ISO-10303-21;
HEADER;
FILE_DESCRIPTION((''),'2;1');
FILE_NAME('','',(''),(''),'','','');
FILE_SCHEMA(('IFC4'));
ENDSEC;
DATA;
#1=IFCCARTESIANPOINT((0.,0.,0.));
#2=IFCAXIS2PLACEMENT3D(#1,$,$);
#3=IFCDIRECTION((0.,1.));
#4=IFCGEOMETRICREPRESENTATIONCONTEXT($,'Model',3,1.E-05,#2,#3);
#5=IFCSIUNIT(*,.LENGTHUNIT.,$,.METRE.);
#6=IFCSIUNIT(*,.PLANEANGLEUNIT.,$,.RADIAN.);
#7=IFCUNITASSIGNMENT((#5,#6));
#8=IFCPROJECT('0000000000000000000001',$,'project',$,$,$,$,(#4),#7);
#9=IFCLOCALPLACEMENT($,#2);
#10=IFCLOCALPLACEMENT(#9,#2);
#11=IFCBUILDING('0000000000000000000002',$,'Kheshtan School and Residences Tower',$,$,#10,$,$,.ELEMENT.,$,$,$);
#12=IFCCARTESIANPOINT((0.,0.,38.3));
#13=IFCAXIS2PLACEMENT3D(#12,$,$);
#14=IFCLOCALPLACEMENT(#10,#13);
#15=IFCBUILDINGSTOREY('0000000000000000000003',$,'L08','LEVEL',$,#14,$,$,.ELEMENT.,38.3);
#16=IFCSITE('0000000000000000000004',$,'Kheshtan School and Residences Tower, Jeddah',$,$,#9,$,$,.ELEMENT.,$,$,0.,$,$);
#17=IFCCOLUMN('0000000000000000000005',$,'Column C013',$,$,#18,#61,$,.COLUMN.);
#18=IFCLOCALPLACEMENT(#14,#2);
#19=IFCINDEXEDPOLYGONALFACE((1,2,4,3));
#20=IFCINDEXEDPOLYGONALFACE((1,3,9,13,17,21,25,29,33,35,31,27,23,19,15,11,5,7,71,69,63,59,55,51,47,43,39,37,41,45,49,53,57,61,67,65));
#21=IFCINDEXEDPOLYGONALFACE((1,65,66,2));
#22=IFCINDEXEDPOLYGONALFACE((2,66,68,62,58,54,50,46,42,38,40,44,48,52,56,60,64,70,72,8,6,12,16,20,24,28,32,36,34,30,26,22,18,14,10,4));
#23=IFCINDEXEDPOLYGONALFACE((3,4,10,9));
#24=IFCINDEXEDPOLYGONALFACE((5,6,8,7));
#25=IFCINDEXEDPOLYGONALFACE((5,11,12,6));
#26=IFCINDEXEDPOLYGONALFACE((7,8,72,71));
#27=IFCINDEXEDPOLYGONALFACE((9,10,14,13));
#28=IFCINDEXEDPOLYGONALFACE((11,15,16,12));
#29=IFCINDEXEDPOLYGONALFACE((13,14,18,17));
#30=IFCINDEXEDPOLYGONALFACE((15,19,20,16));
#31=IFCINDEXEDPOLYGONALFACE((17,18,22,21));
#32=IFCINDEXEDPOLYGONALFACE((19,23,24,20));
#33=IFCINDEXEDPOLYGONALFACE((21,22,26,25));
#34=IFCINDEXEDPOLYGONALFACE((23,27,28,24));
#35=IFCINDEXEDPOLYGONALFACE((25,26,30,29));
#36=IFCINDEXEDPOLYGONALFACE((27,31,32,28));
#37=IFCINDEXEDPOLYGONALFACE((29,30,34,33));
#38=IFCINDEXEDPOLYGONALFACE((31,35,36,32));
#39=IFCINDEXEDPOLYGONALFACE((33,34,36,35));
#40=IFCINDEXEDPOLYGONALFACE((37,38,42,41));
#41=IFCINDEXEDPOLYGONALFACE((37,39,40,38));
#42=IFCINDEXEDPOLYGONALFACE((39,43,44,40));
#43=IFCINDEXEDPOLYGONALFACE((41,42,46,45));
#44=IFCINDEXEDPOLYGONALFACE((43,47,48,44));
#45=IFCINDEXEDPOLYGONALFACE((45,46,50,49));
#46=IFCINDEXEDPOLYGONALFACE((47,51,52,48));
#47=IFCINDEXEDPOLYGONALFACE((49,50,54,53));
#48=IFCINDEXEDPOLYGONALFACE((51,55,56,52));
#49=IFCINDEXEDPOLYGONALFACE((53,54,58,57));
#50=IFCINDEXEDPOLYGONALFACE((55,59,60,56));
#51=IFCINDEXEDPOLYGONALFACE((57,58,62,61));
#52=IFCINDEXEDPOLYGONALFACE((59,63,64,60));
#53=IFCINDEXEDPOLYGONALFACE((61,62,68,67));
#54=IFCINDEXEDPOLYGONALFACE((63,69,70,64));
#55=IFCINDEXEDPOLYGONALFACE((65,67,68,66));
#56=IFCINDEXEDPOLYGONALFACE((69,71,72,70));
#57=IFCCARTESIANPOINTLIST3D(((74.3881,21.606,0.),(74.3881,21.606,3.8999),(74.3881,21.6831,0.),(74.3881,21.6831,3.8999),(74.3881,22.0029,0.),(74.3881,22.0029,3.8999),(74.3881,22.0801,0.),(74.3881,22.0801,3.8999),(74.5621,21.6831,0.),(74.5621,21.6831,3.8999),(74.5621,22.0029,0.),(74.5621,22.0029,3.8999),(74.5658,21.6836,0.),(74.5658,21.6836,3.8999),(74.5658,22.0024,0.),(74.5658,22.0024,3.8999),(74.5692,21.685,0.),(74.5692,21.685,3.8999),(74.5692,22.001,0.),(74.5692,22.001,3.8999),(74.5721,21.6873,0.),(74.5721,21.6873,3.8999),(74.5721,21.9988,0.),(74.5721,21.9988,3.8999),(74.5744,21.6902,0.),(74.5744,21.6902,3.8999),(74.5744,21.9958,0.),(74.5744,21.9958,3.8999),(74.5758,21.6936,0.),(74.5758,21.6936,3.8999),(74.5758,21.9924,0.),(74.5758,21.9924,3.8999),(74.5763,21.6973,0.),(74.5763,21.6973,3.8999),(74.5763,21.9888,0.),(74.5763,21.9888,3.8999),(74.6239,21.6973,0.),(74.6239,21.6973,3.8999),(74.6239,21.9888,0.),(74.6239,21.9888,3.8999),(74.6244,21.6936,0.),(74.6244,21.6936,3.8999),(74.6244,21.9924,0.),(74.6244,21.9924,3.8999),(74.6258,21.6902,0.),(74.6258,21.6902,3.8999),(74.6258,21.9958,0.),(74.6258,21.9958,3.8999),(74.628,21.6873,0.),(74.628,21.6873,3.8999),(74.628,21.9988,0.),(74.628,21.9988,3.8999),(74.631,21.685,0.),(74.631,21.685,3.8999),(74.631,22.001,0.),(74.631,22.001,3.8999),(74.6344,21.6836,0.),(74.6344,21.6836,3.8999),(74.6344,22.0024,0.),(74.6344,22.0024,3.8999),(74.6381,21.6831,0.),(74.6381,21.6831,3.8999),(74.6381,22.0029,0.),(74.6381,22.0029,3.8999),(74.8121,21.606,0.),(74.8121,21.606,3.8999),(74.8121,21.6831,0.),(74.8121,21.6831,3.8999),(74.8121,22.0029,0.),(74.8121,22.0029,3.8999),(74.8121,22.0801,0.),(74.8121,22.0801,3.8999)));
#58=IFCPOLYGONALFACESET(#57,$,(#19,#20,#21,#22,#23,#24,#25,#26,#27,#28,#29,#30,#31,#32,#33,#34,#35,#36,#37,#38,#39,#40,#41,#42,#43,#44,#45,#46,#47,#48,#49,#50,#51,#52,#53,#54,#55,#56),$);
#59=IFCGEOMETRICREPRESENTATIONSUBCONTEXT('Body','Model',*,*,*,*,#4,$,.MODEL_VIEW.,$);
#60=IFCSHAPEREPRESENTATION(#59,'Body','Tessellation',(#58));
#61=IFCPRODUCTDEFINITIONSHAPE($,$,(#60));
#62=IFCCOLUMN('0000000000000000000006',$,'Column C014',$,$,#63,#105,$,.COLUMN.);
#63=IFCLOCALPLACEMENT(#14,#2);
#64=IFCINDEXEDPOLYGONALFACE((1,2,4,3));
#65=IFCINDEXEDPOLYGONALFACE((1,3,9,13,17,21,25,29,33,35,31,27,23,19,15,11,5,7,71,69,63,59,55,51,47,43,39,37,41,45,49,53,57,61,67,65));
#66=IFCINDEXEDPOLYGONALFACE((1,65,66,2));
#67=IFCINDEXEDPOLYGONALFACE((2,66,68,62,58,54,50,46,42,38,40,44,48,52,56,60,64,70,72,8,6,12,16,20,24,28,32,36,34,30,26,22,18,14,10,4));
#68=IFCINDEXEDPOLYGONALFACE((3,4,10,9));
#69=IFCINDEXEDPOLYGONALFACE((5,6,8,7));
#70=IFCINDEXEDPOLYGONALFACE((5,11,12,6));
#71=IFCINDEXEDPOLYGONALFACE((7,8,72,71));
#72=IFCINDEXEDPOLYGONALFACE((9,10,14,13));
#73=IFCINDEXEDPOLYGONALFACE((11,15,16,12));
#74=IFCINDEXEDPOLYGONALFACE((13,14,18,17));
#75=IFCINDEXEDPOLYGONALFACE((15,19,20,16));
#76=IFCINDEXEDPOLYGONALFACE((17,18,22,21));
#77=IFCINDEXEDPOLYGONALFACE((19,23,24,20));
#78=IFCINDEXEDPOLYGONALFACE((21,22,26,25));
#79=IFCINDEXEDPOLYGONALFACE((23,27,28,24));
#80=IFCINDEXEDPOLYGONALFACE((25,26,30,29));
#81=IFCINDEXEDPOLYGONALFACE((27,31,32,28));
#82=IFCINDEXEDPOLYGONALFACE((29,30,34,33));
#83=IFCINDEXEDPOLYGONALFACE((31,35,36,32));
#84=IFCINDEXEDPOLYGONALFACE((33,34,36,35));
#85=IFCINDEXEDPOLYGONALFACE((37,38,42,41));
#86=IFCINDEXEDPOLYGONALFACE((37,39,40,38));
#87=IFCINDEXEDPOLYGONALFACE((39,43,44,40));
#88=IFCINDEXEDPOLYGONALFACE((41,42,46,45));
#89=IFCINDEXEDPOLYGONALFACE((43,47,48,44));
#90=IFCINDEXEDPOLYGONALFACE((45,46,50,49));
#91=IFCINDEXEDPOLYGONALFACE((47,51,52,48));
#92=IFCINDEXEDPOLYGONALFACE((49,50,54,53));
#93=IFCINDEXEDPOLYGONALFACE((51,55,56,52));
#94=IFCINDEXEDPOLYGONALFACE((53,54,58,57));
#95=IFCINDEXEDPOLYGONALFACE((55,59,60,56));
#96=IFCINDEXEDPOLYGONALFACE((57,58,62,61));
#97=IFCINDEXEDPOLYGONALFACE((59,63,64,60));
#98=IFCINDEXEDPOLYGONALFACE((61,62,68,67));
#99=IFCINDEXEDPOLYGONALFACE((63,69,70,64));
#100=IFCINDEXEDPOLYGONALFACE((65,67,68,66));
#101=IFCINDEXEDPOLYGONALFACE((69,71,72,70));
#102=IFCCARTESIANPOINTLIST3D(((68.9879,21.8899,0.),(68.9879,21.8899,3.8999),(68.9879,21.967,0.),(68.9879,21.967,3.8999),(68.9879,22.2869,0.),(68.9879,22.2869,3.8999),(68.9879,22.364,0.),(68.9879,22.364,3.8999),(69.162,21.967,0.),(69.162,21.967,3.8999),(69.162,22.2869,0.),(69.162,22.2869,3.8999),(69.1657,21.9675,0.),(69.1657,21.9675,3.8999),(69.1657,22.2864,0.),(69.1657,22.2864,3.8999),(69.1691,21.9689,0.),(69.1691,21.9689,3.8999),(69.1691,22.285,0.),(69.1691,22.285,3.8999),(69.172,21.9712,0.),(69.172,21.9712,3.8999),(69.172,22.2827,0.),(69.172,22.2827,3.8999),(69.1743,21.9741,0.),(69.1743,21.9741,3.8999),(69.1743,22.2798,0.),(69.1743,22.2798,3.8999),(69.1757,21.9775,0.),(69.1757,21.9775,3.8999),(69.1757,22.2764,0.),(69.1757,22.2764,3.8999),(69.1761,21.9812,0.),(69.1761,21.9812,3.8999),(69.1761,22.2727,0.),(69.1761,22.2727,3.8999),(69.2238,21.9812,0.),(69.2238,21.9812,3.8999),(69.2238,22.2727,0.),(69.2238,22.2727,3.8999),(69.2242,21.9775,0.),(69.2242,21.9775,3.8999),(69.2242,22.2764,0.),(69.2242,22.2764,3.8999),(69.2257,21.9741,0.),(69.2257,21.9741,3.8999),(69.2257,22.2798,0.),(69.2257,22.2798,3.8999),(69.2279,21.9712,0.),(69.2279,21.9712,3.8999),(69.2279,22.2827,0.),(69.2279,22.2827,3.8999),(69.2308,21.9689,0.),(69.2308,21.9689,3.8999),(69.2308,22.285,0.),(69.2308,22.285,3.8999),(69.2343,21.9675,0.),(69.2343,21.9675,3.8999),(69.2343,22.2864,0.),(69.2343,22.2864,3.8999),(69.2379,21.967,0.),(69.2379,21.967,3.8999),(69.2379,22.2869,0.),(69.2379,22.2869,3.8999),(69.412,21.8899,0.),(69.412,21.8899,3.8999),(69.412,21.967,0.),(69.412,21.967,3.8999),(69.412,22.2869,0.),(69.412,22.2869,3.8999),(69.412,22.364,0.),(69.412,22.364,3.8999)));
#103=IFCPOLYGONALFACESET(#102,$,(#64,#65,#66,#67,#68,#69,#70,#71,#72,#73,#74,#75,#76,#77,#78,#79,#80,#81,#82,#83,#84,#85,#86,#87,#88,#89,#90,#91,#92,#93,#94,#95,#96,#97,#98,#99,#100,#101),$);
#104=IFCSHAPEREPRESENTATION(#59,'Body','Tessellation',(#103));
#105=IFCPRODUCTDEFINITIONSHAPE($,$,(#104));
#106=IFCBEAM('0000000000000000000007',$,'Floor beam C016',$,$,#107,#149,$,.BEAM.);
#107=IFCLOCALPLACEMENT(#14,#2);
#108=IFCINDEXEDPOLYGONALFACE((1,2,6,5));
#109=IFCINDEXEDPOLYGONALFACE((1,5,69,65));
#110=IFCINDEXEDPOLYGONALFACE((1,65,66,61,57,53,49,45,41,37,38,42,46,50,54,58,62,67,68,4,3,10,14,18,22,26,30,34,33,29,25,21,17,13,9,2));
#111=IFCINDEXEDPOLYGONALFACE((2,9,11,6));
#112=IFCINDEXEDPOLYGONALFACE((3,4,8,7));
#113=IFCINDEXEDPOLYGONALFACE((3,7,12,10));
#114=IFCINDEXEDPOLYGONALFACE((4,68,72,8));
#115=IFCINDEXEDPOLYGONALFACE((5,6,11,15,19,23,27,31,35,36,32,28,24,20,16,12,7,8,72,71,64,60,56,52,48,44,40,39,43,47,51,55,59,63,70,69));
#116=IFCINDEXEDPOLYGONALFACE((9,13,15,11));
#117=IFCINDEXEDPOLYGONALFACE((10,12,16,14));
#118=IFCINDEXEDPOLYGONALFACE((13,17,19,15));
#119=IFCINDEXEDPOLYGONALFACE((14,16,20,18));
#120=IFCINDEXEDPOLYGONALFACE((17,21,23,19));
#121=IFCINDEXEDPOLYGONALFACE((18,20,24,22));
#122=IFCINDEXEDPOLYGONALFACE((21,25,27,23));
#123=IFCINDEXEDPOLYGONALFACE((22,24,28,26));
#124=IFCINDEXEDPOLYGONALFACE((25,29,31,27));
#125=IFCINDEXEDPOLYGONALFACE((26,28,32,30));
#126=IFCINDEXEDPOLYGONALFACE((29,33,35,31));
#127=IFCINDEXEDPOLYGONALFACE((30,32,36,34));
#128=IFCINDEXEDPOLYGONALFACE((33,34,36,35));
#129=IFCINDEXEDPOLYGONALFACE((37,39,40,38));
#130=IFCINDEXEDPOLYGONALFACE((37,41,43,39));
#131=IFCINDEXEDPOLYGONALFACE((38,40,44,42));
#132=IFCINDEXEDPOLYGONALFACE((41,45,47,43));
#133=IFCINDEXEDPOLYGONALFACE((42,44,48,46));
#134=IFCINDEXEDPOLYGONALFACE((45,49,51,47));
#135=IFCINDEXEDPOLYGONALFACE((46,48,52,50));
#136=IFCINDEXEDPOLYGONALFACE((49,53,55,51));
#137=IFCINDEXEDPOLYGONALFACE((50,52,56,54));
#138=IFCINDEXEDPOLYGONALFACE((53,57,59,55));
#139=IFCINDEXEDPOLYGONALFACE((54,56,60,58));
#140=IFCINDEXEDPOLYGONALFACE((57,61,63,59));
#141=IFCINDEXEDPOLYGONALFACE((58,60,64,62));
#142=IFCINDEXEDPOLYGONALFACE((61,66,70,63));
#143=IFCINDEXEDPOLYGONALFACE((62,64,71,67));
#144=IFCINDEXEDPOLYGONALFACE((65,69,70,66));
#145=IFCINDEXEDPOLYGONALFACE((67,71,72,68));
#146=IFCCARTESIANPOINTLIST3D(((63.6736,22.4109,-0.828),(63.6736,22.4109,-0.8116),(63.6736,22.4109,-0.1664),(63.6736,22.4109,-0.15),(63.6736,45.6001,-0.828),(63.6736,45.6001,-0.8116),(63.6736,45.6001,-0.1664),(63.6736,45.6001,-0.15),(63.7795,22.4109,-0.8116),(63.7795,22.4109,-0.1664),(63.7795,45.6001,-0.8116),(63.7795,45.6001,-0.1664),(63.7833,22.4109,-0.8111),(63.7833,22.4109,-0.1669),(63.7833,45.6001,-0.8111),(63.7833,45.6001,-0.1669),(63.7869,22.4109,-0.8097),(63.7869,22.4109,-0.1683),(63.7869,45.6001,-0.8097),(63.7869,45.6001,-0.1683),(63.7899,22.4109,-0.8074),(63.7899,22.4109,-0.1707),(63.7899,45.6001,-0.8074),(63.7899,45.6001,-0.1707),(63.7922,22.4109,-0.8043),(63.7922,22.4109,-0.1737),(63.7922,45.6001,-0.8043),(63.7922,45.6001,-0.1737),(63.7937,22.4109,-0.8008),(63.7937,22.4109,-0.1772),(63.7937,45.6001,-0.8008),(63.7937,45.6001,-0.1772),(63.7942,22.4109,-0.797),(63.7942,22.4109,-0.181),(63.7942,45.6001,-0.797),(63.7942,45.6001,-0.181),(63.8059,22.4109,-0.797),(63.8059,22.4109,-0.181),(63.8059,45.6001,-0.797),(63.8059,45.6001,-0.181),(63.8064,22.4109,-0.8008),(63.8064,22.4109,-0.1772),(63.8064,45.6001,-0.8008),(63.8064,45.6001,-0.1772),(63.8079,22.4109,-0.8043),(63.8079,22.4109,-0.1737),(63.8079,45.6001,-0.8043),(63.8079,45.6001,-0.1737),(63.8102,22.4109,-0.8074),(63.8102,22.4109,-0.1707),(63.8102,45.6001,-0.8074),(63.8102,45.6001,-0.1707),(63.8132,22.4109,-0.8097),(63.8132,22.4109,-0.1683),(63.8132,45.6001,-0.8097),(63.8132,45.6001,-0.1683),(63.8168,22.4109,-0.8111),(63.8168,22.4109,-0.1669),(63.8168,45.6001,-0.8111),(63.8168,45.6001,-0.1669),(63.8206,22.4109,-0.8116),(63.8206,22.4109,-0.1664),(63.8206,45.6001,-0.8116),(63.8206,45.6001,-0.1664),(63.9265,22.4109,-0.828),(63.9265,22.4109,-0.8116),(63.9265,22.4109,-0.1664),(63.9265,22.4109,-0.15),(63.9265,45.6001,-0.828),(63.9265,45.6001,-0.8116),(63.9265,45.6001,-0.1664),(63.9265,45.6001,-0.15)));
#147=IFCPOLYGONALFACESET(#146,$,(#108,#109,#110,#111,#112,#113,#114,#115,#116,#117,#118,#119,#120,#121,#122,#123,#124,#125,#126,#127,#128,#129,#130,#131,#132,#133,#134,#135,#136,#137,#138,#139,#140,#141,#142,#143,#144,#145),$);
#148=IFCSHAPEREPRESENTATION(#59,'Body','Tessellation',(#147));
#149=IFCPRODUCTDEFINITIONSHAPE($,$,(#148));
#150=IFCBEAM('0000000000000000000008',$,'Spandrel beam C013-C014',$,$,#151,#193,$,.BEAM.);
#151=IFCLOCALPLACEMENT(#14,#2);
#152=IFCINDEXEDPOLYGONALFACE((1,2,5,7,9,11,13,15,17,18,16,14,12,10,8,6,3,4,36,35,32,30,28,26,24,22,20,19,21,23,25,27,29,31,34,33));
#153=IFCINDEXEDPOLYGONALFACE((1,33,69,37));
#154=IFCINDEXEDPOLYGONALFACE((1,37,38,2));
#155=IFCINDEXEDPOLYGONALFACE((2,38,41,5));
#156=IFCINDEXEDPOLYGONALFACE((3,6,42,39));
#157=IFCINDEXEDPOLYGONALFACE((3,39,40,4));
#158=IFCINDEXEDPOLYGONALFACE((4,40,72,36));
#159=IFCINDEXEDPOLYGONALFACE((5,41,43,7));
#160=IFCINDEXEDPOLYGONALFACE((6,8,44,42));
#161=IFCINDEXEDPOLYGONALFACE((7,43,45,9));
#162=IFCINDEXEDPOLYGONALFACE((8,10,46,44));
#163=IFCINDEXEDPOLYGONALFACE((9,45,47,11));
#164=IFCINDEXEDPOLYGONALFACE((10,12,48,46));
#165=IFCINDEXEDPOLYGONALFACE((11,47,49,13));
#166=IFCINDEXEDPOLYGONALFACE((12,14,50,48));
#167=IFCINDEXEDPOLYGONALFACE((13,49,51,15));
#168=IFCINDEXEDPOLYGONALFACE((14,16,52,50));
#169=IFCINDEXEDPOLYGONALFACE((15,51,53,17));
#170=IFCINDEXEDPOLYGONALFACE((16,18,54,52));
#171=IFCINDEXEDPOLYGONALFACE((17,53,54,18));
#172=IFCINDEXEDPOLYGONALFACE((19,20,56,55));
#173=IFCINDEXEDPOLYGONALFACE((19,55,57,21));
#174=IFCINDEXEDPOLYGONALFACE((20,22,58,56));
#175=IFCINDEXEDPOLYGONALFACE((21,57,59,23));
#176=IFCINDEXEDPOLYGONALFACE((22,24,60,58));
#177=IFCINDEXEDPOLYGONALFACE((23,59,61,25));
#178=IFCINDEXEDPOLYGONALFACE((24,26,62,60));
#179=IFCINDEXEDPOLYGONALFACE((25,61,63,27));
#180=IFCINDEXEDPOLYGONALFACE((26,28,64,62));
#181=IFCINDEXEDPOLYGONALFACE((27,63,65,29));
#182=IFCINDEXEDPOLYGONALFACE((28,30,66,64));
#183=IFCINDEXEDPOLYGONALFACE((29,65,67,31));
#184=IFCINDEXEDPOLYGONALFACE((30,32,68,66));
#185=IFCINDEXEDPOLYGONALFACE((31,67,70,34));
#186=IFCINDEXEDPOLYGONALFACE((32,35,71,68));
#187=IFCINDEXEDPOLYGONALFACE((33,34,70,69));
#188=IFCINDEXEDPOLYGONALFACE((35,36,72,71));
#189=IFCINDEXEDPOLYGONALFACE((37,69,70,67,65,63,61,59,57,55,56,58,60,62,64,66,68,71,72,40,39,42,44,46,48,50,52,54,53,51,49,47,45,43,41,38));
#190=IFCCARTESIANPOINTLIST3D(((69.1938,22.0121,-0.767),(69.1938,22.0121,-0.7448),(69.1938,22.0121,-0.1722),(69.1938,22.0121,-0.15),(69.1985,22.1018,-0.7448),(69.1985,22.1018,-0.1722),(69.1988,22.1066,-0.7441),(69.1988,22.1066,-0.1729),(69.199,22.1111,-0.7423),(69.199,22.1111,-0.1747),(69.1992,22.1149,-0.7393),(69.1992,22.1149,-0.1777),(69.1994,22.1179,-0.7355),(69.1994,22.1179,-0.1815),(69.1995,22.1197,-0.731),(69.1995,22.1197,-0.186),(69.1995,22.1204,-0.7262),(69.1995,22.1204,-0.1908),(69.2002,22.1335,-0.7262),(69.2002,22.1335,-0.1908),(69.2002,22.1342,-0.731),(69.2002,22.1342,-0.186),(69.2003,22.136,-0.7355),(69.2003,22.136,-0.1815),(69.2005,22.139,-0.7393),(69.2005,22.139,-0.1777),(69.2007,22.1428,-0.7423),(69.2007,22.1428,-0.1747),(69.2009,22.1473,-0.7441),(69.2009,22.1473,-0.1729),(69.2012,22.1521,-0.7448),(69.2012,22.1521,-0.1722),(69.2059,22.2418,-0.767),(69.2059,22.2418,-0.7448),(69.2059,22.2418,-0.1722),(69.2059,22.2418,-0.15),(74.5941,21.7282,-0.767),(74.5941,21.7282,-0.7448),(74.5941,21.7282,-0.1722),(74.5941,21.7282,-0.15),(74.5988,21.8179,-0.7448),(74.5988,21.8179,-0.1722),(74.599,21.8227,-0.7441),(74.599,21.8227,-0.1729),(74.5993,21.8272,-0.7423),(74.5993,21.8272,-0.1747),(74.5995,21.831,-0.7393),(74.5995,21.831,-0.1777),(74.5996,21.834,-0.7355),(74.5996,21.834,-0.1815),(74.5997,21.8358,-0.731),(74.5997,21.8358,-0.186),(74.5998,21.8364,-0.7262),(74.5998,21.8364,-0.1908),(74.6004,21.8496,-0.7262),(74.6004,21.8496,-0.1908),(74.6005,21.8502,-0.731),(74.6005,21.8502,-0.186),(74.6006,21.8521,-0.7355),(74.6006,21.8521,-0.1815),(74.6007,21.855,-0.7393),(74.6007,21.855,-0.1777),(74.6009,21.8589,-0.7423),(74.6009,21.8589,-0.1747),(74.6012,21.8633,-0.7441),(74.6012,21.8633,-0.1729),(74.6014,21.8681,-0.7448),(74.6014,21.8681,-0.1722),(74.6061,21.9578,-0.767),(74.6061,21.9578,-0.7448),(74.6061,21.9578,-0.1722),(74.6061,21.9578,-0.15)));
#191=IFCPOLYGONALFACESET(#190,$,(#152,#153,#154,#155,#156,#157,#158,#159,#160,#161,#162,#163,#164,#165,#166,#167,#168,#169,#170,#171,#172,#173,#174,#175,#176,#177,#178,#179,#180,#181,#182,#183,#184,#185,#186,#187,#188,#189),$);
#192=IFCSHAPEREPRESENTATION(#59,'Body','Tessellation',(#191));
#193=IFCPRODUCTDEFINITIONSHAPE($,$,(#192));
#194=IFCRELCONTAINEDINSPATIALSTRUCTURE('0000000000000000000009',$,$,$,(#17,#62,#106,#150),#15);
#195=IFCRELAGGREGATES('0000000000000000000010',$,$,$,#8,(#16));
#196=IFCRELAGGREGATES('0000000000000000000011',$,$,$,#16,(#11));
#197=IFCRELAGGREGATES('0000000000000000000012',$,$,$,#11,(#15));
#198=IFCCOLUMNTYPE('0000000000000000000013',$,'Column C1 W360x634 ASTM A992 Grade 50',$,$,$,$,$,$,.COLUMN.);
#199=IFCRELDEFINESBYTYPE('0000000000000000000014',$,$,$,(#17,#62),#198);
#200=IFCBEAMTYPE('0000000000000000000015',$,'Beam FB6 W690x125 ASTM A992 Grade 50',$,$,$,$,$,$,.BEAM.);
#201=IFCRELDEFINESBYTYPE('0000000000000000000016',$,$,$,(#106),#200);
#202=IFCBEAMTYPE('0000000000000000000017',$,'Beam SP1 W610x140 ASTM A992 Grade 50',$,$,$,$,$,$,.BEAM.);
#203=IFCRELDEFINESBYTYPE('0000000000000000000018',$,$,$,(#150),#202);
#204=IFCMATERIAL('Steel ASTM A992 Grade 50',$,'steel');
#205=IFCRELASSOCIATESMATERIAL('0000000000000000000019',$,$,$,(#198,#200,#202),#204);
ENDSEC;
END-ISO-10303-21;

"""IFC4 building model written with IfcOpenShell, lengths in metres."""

from ifc_helpers import new_model, si_unit, direction, frame, origin, origin_2d, place, context, subcontext, project, spatial, i_section, extrude, material, material_profile, profile_set, type_object, element, save


model = new_model("IFC4")

# Units and contexts
model_context = context("Model", 3, precision=1e-05, world=origin(), true_north=direction((0.0, 1.0)))
body_context = subcontext(model_context, "Body", "Model", "MODEL_VIEW")
ifc_project = project(units=[si_unit("LENGTHUNIT", "METRE"), si_unit("PLANEANGLEUNIT", "RADIAN")], contexts=[model_context])

# Site, building, storey
site_placement = place(None, origin())
site = spatial("IfcSite", under=ifc_project, at=site_placement, Name="Kheshtan School and Residences Tower, Jeddah", CompositionType="ELEMENT", RefElevation=0.0)
building_placement = place(site_placement, origin())
building = spatial("IfcBuilding", under=site, at=building_placement, Name="Kheshtan School and Residences Tower", CompositionType="ELEMENT")
storey_placement = place(building_placement, frame((0.0, 0.0, 38.3)))
storey = spatial("IfcBuildingStorey", under=building, at=storey_placement, Name="L08", Description="LEVEL", CompositionType="ELEMENT", Elevation=38.3)

# Columns
ifc_material_1 = material(Name="Steel ASTM A992 Grade 50", Category="steel")
ifc_material_profile_1 = material_profile(ifc_material_1, i_section(OverallWidth=0.4241, OverallDepth=0.4741, WebThickness=0.0476, FlangeThickness=0.0771, FilletRadius=0.0142, at=origin_2d()), Name="W360x634")
ifc_profile_set_1 = profile_set([ifc_material_profile_1], Name="Steel ASTM A992 Grade 50")
column_type = type_object("IfcColumnType", Name="Column C1 W360x634 ASTM A992 Grade 50", PredefinedType="COLUMN", material=ifc_profile_set_1)
for number, where, z_axis, x_axis, name in (
    (1, (74.6001, 21.843, 0.0), (0.0, 0.0, 1.0), (1.0, 0.0, 0.0), "Column C013"),
    (2, (69.2, 22.127, 0.0), (0.0, 0.0, 1.0), (1.0, 0.0, 0.0), "Column C014"),
):
    element("IfcColumn", number, at=place(storey_placement, frame(where, z_axis=z_axis, x_axis=x_axis)), inside=storey, type_object=column_type, Name=name, PredefinedType="COLUMN", context=body_context, shape_type="SweptSolid", body=[
        extrude(i_section(OverallWidth=0.4241, OverallDepth=0.4741, WebThickness=0.0476, FlangeThickness=0.0771, FilletRadius=0.0142, at=origin_2d()), origin(), (0.0, 0.0, 1.0), 3.8999),
    ])

# Beams
ifc_material_profile_2 = material_profile(ifc_material_1, i_section(OverallWidth=0.2529, OverallDepth=0.678, WebThickness=0.0117, FlangeThickness=0.0164, FilletRadius=0.0146, at=origin_2d()), Name="W690x125")
ifc_profile_set_2 = profile_set([ifc_material_profile_2], Name="Steel ASTM A992 Grade 50")
beam_type_1 = type_object("IfcBeamType", Name="Beam FB6 W690x125 ASTM A992 Grade 50", PredefinedType="BEAM", material=ifc_profile_set_2)
beam_1_placement = place(storey_placement, frame((63.8, 22.4109, -0.489), z_axis=(0.0, 1.0, 0.0), x_axis=(-1.0, 0.0, 0.0)))
element("IfcBeam", 3, at=beam_1_placement, inside=storey, type_object=beam_type_1, Name="Floor beam C016", PredefinedType="BEAM", context=body_context, shape_type="SweptSolid", body=[
    extrude(i_section(OverallWidth=0.2529, OverallDepth=0.678, WebThickness=0.0117, FlangeThickness=0.0164, FilletRadius=0.0146, at=origin_2d()), origin(), (0.0, 0.0, 1.0), 23.1892),
])
ifc_material_profile_3 = material_profile(ifc_material_1, i_section(OverallWidth=0.23, OverallDepth=0.6169, WebThickness=0.0132, FlangeThickness=0.0222, FilletRadius=0.0186, at=origin_2d()), Name="W610x140")
ifc_profile_set_3 = profile_set([ifc_material_profile_3], Name="Steel ASTM A992 Grade 50")
beam_type_2 = type_object("IfcBeamType", Name="Beam SP1 W610x140 ASTM A992 Grade 50", PredefinedType="BEAM", material=ifc_profile_set_3)
beam_2_placement = place(storey_placement, frame((74.6001, 21.843, -0.4585), z_axis=(-0.998621, 0.052507, 0.0), x_axis=(-0.052507, -0.998621, 0.0)))
element("IfcBeam", 4, at=beam_2_placement, inside=storey, type_object=beam_type_2, Name="Spandrel beam C013-C014", PredefinedType="BEAM", context=body_context, shape_type="SweptSolid", body=[
    extrude(i_section(OverallWidth=0.23, OverallDepth=0.6169, WebThickness=0.0132, FlangeThickness=0.0222, FilletRadius=0.0186, at=origin_2d()), origin(), (0.0, 0.0, 1.0), 5.4077),
])

save(model, "model.ifc")
